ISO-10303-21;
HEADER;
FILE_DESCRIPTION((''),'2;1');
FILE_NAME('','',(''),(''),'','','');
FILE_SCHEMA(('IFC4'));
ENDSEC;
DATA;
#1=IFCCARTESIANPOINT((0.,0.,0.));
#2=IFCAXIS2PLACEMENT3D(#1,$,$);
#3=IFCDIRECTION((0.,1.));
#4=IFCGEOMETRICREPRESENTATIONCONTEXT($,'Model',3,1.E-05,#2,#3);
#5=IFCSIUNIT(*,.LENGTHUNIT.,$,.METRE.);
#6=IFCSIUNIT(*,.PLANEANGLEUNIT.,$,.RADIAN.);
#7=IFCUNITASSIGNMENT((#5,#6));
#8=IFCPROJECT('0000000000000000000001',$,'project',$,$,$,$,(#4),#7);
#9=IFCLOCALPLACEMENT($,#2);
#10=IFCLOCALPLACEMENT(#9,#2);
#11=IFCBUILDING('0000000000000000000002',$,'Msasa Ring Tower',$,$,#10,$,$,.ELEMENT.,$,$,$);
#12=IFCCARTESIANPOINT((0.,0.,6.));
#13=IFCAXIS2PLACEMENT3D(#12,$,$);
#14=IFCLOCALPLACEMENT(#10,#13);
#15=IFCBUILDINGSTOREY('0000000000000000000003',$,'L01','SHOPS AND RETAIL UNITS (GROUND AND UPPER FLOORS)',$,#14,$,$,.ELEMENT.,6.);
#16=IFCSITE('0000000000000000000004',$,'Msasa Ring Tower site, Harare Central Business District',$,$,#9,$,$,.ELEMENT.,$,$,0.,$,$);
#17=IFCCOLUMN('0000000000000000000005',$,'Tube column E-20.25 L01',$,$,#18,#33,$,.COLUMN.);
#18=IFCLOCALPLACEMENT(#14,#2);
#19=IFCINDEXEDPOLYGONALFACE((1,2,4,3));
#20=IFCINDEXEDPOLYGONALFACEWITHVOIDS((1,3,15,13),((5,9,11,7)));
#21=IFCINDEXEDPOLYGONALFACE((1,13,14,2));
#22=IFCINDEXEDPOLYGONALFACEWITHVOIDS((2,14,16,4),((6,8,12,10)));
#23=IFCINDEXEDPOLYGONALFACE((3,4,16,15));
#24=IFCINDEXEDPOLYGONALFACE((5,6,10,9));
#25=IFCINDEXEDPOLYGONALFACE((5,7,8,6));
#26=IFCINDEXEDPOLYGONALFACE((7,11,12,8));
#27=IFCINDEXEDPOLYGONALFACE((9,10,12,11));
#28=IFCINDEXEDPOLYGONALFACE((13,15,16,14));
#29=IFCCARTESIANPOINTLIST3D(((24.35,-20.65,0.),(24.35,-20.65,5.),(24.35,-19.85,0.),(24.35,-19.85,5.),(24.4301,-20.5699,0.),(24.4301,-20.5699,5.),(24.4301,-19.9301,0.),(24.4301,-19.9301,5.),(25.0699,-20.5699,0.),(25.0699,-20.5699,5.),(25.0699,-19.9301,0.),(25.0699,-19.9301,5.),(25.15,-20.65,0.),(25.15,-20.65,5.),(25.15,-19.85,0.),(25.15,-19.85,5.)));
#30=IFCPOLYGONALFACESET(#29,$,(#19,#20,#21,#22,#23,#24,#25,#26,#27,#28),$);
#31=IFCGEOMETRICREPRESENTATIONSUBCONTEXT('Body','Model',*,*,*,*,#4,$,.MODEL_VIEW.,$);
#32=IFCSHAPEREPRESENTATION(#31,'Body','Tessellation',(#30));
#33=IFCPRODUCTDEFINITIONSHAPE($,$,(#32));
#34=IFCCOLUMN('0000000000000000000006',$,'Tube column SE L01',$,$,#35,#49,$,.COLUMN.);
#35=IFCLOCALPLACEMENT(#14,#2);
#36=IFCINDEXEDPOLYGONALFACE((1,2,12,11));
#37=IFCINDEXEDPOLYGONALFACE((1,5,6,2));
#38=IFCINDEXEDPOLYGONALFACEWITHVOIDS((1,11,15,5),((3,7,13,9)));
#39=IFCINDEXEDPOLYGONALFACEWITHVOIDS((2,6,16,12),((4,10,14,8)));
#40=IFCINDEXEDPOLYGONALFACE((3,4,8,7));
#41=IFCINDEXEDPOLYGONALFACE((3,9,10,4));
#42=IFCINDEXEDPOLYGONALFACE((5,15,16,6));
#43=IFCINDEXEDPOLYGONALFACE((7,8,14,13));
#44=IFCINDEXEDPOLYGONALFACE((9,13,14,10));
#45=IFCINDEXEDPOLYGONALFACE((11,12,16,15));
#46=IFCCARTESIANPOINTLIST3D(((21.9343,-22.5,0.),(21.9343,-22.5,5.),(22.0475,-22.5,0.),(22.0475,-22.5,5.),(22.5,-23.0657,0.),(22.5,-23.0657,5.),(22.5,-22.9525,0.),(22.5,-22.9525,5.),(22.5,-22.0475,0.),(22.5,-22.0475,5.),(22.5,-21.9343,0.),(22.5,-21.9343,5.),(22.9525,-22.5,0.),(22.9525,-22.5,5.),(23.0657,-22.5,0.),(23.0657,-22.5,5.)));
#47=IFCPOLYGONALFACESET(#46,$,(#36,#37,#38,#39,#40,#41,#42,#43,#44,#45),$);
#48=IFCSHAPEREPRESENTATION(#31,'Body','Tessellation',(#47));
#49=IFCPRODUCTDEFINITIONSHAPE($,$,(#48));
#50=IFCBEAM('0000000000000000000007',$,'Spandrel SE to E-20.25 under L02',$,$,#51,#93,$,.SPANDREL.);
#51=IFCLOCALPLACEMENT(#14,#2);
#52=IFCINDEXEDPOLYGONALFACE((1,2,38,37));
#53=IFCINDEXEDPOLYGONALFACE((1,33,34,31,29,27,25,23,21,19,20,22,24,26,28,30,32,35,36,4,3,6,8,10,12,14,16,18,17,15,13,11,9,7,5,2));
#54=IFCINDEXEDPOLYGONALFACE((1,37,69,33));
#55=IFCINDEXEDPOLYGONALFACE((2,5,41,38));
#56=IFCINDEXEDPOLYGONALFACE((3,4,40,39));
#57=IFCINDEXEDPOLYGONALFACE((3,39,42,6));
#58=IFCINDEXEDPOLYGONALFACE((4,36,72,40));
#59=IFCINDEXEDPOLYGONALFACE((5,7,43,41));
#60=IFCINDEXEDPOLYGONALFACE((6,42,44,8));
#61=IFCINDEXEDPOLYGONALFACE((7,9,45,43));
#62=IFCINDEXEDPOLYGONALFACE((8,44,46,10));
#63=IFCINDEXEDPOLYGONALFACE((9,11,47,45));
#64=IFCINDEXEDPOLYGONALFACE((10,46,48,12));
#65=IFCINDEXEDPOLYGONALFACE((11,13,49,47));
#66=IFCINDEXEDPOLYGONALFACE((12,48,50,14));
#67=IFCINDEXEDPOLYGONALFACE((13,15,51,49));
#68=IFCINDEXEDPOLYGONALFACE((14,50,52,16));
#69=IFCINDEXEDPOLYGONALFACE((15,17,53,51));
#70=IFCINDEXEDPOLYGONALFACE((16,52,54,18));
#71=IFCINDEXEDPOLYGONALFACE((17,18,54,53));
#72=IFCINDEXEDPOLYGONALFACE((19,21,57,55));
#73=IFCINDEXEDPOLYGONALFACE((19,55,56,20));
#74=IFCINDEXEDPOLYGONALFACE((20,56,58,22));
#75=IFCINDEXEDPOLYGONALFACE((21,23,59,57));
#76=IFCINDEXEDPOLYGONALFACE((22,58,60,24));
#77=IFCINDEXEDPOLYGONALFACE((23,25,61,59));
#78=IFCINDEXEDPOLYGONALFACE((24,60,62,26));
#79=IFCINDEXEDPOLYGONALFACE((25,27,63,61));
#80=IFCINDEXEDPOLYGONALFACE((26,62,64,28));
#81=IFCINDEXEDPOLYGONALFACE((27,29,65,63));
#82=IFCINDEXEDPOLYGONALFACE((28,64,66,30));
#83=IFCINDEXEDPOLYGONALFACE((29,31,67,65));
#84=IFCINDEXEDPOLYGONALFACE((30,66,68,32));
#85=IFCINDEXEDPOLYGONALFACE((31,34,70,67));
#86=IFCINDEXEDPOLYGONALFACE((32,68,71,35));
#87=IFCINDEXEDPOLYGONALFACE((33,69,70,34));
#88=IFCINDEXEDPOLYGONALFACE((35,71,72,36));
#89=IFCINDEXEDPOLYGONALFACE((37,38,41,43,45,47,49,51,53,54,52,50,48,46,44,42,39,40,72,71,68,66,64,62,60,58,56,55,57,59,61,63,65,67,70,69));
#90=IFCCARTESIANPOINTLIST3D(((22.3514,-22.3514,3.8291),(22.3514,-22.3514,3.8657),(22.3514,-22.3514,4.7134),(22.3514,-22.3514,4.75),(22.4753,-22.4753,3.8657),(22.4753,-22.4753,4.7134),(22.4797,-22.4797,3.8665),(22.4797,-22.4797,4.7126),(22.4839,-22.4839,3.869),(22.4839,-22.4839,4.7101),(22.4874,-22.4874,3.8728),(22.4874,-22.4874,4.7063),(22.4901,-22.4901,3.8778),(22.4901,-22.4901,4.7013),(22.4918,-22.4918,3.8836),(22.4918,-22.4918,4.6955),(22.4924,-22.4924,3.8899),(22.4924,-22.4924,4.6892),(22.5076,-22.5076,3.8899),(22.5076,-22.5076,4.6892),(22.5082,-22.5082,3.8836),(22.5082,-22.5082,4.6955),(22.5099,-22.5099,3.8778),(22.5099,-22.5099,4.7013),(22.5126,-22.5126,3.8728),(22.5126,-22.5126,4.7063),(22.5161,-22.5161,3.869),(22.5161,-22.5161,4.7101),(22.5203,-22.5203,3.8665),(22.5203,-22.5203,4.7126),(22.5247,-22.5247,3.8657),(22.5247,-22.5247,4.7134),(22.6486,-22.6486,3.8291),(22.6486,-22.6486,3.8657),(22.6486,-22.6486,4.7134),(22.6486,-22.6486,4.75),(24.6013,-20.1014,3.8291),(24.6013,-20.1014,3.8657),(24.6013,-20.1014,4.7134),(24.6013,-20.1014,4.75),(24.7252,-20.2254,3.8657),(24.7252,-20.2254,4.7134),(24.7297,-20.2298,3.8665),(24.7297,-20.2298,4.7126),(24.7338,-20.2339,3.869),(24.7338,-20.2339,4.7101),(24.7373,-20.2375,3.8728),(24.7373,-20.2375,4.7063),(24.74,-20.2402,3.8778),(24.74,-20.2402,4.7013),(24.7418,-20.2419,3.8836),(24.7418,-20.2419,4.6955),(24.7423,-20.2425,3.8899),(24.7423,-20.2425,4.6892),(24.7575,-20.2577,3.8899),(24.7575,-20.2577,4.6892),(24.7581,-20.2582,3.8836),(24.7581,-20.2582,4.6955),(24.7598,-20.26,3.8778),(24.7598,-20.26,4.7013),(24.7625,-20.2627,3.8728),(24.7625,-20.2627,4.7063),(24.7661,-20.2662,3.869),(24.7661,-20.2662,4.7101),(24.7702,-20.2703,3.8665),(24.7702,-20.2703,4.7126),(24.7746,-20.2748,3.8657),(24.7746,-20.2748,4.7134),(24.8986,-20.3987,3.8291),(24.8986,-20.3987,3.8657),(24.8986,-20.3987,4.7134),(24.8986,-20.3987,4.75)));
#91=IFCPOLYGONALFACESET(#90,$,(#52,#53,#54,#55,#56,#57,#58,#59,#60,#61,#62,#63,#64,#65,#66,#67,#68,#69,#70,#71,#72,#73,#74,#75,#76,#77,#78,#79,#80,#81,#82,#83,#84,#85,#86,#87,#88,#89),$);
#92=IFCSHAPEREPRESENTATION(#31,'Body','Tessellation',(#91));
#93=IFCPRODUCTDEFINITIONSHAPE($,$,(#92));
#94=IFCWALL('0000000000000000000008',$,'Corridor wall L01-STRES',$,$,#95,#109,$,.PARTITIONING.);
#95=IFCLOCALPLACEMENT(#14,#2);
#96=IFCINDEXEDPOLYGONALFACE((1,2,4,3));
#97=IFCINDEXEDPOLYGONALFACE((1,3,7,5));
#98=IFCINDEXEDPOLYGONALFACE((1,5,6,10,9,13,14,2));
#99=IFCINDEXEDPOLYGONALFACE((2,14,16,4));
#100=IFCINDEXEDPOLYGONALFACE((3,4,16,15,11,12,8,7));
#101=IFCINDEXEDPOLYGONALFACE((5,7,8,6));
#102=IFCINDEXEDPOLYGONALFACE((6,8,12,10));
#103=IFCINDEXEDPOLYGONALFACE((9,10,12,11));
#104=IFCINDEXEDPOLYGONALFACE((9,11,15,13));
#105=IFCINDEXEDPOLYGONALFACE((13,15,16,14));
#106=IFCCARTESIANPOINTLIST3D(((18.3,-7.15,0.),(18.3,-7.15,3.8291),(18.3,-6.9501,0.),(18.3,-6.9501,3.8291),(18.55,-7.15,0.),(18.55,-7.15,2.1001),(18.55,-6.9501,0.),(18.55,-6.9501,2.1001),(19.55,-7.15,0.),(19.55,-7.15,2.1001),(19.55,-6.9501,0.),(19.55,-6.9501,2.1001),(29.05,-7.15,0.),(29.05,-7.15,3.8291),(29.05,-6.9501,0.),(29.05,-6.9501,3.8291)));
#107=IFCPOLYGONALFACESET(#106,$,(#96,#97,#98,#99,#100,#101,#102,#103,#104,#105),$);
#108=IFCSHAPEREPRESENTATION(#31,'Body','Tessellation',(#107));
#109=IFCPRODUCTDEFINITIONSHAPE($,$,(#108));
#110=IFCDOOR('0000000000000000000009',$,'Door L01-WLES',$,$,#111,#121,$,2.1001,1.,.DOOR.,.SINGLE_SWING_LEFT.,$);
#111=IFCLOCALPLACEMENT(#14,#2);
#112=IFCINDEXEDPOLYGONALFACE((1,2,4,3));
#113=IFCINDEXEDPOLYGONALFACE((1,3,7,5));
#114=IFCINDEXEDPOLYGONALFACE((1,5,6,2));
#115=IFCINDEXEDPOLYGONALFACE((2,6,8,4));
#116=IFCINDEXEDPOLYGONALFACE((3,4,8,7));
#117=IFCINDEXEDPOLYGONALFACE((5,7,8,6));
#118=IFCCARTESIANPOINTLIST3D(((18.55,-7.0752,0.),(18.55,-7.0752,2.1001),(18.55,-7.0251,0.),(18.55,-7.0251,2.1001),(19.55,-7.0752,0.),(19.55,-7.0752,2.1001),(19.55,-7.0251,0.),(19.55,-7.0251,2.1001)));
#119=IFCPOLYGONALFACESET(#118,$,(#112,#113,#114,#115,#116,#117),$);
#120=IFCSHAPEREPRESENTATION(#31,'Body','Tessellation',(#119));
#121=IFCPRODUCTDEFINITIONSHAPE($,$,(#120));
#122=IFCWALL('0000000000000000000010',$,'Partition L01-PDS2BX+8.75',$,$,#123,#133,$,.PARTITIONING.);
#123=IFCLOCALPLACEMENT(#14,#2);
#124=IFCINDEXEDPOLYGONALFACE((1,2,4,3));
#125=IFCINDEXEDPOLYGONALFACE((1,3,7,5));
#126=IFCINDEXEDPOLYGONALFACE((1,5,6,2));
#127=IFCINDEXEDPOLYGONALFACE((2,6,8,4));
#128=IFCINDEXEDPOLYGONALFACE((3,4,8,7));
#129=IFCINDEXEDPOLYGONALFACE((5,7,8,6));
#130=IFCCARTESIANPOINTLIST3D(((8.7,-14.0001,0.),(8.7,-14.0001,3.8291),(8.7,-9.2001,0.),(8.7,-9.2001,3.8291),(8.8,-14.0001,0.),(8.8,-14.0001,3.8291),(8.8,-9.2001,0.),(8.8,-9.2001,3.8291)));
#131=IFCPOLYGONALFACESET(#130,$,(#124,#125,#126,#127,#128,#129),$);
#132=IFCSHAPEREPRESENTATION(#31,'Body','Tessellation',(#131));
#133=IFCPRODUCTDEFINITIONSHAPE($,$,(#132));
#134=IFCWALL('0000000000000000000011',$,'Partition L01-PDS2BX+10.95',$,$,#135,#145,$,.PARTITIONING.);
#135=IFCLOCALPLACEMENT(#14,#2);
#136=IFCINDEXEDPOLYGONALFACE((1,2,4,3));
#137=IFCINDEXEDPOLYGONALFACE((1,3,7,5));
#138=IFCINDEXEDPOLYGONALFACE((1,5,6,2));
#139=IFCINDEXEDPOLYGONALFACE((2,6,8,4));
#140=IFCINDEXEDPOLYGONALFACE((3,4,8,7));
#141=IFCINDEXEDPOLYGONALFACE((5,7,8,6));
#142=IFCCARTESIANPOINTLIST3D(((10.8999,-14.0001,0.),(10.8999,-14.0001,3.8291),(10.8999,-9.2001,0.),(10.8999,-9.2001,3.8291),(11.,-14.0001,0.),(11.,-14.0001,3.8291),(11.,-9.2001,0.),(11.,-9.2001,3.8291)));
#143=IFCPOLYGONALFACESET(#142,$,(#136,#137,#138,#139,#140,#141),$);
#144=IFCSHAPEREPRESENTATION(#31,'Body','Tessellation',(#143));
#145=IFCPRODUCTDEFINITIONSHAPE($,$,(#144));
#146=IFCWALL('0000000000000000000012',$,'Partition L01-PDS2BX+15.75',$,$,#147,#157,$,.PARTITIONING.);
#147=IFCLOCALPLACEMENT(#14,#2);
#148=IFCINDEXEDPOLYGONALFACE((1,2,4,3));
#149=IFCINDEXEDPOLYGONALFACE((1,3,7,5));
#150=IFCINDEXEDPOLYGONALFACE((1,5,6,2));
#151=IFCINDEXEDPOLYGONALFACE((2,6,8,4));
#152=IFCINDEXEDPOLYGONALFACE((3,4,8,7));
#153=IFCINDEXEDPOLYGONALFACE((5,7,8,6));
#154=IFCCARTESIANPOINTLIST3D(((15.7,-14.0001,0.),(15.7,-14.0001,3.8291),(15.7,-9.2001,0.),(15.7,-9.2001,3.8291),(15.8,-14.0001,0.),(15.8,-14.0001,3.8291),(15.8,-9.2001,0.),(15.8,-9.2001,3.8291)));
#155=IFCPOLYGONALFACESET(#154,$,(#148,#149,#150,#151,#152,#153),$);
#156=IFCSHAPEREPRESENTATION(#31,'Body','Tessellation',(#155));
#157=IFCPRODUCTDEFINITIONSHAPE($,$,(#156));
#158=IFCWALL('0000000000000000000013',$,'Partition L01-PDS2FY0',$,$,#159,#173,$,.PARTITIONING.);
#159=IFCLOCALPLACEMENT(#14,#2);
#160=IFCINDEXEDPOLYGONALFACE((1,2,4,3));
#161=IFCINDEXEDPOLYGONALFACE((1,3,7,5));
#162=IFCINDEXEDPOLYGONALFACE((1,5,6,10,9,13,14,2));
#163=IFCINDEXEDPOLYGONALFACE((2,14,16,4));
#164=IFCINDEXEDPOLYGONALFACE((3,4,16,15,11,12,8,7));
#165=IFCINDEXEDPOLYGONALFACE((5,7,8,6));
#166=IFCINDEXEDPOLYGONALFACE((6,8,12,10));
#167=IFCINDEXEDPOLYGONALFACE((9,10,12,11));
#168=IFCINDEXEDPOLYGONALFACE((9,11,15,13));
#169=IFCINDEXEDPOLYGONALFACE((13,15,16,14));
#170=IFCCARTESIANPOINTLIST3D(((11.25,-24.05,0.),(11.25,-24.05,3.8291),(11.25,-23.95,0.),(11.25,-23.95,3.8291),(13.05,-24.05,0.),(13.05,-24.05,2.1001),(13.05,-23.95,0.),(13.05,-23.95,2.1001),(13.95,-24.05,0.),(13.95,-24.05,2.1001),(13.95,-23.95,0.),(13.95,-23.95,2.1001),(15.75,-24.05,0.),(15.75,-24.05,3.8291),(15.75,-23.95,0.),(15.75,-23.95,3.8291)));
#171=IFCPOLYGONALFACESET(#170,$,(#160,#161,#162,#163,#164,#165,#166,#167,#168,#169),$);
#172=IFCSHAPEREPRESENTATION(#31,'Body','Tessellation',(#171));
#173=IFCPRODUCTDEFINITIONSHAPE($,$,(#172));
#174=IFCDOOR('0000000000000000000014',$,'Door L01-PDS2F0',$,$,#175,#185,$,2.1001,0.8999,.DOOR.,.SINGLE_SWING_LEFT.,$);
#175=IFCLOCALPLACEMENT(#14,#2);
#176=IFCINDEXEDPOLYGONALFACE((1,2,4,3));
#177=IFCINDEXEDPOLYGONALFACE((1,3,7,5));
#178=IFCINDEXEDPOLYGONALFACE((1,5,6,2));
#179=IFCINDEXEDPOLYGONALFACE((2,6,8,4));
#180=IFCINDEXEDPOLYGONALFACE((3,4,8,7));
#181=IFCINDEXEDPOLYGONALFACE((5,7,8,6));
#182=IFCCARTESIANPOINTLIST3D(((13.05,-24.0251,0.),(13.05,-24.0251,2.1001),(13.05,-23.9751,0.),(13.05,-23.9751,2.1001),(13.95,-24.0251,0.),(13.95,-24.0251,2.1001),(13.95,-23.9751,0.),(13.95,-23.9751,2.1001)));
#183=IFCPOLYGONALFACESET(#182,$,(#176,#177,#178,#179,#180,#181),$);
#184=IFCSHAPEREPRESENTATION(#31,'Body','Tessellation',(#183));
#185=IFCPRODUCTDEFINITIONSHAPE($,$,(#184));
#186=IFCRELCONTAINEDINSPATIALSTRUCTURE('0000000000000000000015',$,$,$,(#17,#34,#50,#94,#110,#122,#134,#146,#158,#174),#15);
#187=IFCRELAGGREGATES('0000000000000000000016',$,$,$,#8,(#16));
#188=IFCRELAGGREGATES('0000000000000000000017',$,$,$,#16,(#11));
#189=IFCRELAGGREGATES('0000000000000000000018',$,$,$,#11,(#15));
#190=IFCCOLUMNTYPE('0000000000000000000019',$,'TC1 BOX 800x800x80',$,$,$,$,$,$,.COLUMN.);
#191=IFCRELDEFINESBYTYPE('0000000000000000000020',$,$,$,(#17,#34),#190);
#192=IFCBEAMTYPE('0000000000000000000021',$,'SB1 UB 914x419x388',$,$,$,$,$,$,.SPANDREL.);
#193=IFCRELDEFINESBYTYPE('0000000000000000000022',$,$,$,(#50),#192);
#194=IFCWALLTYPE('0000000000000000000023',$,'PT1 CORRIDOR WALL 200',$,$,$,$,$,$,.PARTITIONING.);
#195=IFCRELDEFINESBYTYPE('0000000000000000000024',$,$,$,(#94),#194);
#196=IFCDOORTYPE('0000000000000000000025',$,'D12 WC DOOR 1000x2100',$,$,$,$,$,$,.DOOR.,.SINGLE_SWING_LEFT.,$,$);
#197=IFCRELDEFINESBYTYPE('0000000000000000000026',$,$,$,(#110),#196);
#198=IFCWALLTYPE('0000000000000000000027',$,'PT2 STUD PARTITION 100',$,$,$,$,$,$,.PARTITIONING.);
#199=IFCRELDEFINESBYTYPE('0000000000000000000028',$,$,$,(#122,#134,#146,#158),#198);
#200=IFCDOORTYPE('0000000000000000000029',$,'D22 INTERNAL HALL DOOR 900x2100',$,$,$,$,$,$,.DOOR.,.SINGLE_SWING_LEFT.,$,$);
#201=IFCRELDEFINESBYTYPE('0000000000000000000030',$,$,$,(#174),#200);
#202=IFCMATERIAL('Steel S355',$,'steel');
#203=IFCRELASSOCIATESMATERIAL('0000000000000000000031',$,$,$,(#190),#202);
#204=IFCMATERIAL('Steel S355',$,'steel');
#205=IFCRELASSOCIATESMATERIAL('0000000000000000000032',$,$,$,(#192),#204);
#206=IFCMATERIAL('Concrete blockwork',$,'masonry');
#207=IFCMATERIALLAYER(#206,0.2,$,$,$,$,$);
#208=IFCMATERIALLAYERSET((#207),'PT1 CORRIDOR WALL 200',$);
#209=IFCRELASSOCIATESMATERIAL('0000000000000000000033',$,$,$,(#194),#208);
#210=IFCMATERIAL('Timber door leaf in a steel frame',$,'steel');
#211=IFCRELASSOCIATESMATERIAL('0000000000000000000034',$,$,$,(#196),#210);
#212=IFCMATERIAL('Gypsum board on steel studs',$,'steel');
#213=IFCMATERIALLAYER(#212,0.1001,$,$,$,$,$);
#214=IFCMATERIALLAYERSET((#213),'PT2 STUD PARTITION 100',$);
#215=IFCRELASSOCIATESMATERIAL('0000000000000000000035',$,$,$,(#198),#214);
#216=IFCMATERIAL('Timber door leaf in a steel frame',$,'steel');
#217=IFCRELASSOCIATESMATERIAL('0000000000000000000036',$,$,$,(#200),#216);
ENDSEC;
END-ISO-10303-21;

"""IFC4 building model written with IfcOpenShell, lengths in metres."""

from ifc_helpers import new_model, si_unit, direction, frame, frame_2d, origin, origin_2d, place, context, subcontext, project, spatial, rectangle, hollow_rectangle, i_section, extrude, material, layer, layer_set, material_profile, profile_set, type_object, element, fill, save


model = new_model("IFC4")

# Units and contexts
model_context = context("Model", 3, precision=1e-05, world=origin(), true_north=direction((0.0, 1.0)))
body_context = subcontext(model_context, "Body", "Model", "MODEL_VIEW")
ifc_project = project(units=[si_unit("LENGTHUNIT", "METRE"), si_unit("PLANEANGLEUNIT", "RADIAN")], contexts=[model_context])

# Site, building, storey
site_placement = place(None, origin())
site = spatial("IfcSite", under=ifc_project, at=site_placement, Name="Msasa Ring Tower site, Harare Central Business District", CompositionType="ELEMENT", RefElevation=0.0)
building_placement = place(site_placement, origin())
building = spatial("IfcBuilding", under=site, at=building_placement, Name="Msasa Ring Tower", CompositionType="ELEMENT")
storey_placement = place(building_placement, frame((0.0, 0.0, 6.0)))
storey = spatial("IfcBuildingStorey", under=building, at=storey_placement, Name="L01", Description="SHOPS AND RETAIL UNITS (GROUND AND UPPER FLOORS)", CompositionType="ELEMENT", Elevation=6.0)

# Columns
ifc_material_1 = material(Name="Steel S355", Category="steel")
ifc_material_profile_1 = material_profile(ifc_material_1, hollow_rectangle(XDim=0.8, YDim=0.8, WallThickness=0.0801, at=origin_2d()), Name="BOX 800x800x80")
ifc_profile_set_1 = profile_set([ifc_material_profile_1], Name="Steel S355")
column_type = type_object("IfcColumnType", Name="TC1 BOX 800x800x80", PredefinedType="COLUMN", material=ifc_profile_set_1)
for number, where, z_axis, x_axis, name in (
    (1, (24.75, -20.25, 0.0), (0.0, 0.0, 1.0), (1.0, 0.0, 0.0), "Tube column E-20.25 L01"),
    (2, (22.5, -22.5, 0.0), (0.0, 0.0, 1.0), (0.707107, -0.707107, 0.0), "Tube column SE L01"),
):
    element("IfcColumn", number, at=place(storey_placement, frame(where, z_axis=z_axis, x_axis=x_axis)), inside=storey, type_object=column_type, Name=name, PredefinedType="COLUMN", context=body_context, shape_type="SweptSolid", body=[
        extrude(hollow_rectangle(XDim=0.8, YDim=0.8, WallThickness=0.0801, at=origin_2d()), origin(), (0.0, 0.0, 1.0), 5.0),
    ])

# Beam
ifc_material_2 = material(Name="Steel S355", Category="steel")
ifc_material_profile_2 = material_profile(ifc_material_2, i_section(OverallWidth=0.4204, OverallDepth=0.9209, WebThickness=0.0215, FlangeThickness=0.0366, FilletRadius=0.0242, at=origin_2d()), Name="UB 914x419x388")
ifc_profile_set_2 = profile_set([ifc_material_profile_2], Name="Steel S355")
beam_type = type_object("IfcBeamType", Name="SB1 UB 914x419x388", PredefinedType="SPANDREL", material=ifc_profile_set_2)
beam_placement = place(storey_placement, frame((22.5, -22.5, 4.2896), z_axis=(0.707107, 0.707107, 0.0), x_axis=(-0.707107, 0.707107, 0.0)))
element("IfcBeam", 3, at=beam_placement, inside=storey, type_object=beam_type, Name="Spandrel SE to E-20.25 under L02", PredefinedType="SPANDREL", context=body_context, shape_type="SweptSolid", body=[
    extrude(i_section(OverallWidth=0.4204, OverallDepth=0.9209, WebThickness=0.0215, FlangeThickness=0.0366, FilletRadius=0.0242, at=origin_2d()), origin(), (0.0, 0.0, 1.0), 3.1819),
])

# Wall, opening, door
ifc_material_3 = material(Name="Concrete blockwork", Category="masonry")
ifc_layer_1 = layer(ifc_material_3, 0.2)
ifc_layer_set_1 = layer_set([ifc_layer_1], Name="PT1 CORRIDOR WALL 200")
wall_type_1 = type_object("IfcWallType", Name="PT1 CORRIDOR WALL 200", PredefinedType="PARTITIONING", material=ifc_layer_set_1)
wall_1_placement = place(storey_placement, frame((18.3, -7.05, 0.0), z_axis=(0.0, 0.0, 1.0), x_axis=(1.0, 0.0, 0.0)))
wall_1 = element("IfcWall", 4, at=wall_1_placement, inside=storey, type_object=wall_type_1, Name="Corridor wall L01-STRES", PredefinedType="PARTITIONING", context=body_context, shape_type="SweptSolid", body=[
    extrude(rectangle(XDim=10.75, YDim=0.2, at=frame_2d((5.375, 0.0))), origin(), (0.0, 0.0, 1.0), 3.8291),
])
opening_1_placement = place(wall_1_placement, frame((0.25, 0.0, 0.0)))
opening_1 = element("IfcOpeningElement", 5, at=opening_1_placement, cuts=wall_1, PredefinedType="OPENING", context=body_context, shape_type="SweptSolid", body=[
    extrude(rectangle(XDim=1.0, YDim=2.1001, at=frame_2d((0.5, 1.05))), frame((0.0, 0.1099, 0.0), z_axis=(0.0, -1.0, 0.0), x_axis=(1.0, 0.0, 0.0)), (0.0, 0.0, 1.0), 0.22),
])
ifc_material_4 = material(Name="Timber door leaf in a steel frame", Category="steel")
door_type_1 = type_object("IfcDoorType", Name="D12 WC DOOR 1000x2100", OperationType="SINGLE_SWING_LEFT", PredefinedType="DOOR", material=ifc_material_4)
door_1_placement = place(opening_1_placement, origin())
door_1 = element("IfcDoor", 6, at=door_1_placement, inside=storey, type_object=door_type_1, Name="Door L01-WLES", OperationType="SINGLE_SWING_LEFT", OverallHeight=2.1001, OverallWidth=1.0, PredefinedType="DOOR", context=body_context, shape_type="SweptSolid", body=[
    extrude(rectangle(XDim=1.0, YDim=2.1001, at=frame_2d((0.5, 1.05))), frame((0.0, 0.0249, 0.0), z_axis=(0.0, -1.0, 0.0), x_axis=(1.0, 0.0, 0.0)), (0.0, 0.0, 1.0), 0.05),
])
fill(opening_1, door_1)

# Walls
ifc_material_5 = material(Name="Gypsum board on steel studs", Category="steel")
ifc_layer_2 = layer(ifc_material_5, 0.1001)
ifc_layer_set_2 = layer_set([ifc_layer_2], Name="PT2 STUD PARTITION 100")
wall_type_2 = type_object("IfcWallType", Name="PT2 STUD PARTITION 100", PredefinedType="PARTITIONING", material=ifc_layer_set_2)
for number, where, z_axis, x_axis, name in (
    (7, (8.75, -14.0, 0.0), (0.0, 0.0, 1.0), (0.0, 1.0, 0.0), "Partition L01-PDS2BX+8.75"),
    (8, (10.95, -14.0, 0.0), (0.0, 0.0, 1.0), (0.0, 1.0, 0.0), "Partition L01-PDS2BX+10.95"),
    (9, (15.75, -14.0, 0.0), (0.0, 0.0, 1.0), (0.0, 1.0, 0.0), "Partition L01-PDS2BX+15.75"),
):
    element("IfcWall", number, at=place(storey_placement, frame(where, z_axis=z_axis, x_axis=x_axis)), inside=storey, type_object=wall_type_2, Name=name, PredefinedType="PARTITIONING", context=body_context, shape_type="SweptSolid", body=[
        extrude(rectangle(XDim=4.8, YDim=0.1001, at=frame_2d((2.3999, 0.0))), origin(), (0.0, 0.0, 1.0), 3.8291),
    ])

# Wall, opening, door
wall_2_placement = place(storey_placement, frame((11.25, -24.0, 0.0), z_axis=(0.0, 0.0, 1.0), x_axis=(1.0, 0.0, 0.0)))
wall_2 = element("IfcWall", 10, at=wall_2_placement, inside=storey, type_object=wall_type_2, Name="Partition L01-PDS2FY0", PredefinedType="PARTITIONING", context=body_context, shape_type="SweptSolid", body=[
    extrude(rectangle(XDim=4.5, YDim=0.1001, at=frame_2d((2.25, 0.0))), origin(), (0.0, 0.0, 1.0), 3.8291),
])
opening_2_placement = place(wall_2_placement, frame((1.8, 0.0, 0.0)))
opening_2 = element("IfcOpeningElement", 11, at=opening_2_placement, cuts=wall_2, PredefinedType="OPENING", context=body_context, shape_type="SweptSolid", body=[
    extrude(rectangle(XDim=0.8999, YDim=2.1001, at=frame_2d((0.45, 1.05))), frame((0.0, 0.0601, 0.0), z_axis=(0.0, -1.0, 0.0), x_axis=(1.0, 0.0, 0.0)), (0.0, 0.0, 1.0), 0.1201),
])
ifc_material_6 = material(Name="Timber door leaf in a steel frame", Category="steel")
door_type_2 = type_object("IfcDoorType", Name="D22 INTERNAL HALL DOOR 900x2100", OperationType="SINGLE_SWING_LEFT", PredefinedType="DOOR", material=ifc_material_6)
door_2_placement = place(opening_2_placement, origin())
door_2 = element("IfcDoor", 12, at=door_2_placement, inside=storey, type_object=door_type_2, Name="Door L01-PDS2F0", OperationType="SINGLE_SWING_LEFT", OverallHeight=2.1001, OverallWidth=0.8999, PredefinedType="DOOR", context=body_context, shape_type="SweptSolid", body=[
    extrude(rectangle(XDim=0.8999, YDim=2.1001, at=frame_2d((0.45, 1.05))), frame((0.0, 0.0249, 0.0), z_axis=(0.0, -1.0, 0.0), x_axis=(1.0, 0.0, 0.0)), (0.0, 0.0, 1.0), 0.05),
])
fill(opening_2, door_2)

save(model, "model.ifc")
